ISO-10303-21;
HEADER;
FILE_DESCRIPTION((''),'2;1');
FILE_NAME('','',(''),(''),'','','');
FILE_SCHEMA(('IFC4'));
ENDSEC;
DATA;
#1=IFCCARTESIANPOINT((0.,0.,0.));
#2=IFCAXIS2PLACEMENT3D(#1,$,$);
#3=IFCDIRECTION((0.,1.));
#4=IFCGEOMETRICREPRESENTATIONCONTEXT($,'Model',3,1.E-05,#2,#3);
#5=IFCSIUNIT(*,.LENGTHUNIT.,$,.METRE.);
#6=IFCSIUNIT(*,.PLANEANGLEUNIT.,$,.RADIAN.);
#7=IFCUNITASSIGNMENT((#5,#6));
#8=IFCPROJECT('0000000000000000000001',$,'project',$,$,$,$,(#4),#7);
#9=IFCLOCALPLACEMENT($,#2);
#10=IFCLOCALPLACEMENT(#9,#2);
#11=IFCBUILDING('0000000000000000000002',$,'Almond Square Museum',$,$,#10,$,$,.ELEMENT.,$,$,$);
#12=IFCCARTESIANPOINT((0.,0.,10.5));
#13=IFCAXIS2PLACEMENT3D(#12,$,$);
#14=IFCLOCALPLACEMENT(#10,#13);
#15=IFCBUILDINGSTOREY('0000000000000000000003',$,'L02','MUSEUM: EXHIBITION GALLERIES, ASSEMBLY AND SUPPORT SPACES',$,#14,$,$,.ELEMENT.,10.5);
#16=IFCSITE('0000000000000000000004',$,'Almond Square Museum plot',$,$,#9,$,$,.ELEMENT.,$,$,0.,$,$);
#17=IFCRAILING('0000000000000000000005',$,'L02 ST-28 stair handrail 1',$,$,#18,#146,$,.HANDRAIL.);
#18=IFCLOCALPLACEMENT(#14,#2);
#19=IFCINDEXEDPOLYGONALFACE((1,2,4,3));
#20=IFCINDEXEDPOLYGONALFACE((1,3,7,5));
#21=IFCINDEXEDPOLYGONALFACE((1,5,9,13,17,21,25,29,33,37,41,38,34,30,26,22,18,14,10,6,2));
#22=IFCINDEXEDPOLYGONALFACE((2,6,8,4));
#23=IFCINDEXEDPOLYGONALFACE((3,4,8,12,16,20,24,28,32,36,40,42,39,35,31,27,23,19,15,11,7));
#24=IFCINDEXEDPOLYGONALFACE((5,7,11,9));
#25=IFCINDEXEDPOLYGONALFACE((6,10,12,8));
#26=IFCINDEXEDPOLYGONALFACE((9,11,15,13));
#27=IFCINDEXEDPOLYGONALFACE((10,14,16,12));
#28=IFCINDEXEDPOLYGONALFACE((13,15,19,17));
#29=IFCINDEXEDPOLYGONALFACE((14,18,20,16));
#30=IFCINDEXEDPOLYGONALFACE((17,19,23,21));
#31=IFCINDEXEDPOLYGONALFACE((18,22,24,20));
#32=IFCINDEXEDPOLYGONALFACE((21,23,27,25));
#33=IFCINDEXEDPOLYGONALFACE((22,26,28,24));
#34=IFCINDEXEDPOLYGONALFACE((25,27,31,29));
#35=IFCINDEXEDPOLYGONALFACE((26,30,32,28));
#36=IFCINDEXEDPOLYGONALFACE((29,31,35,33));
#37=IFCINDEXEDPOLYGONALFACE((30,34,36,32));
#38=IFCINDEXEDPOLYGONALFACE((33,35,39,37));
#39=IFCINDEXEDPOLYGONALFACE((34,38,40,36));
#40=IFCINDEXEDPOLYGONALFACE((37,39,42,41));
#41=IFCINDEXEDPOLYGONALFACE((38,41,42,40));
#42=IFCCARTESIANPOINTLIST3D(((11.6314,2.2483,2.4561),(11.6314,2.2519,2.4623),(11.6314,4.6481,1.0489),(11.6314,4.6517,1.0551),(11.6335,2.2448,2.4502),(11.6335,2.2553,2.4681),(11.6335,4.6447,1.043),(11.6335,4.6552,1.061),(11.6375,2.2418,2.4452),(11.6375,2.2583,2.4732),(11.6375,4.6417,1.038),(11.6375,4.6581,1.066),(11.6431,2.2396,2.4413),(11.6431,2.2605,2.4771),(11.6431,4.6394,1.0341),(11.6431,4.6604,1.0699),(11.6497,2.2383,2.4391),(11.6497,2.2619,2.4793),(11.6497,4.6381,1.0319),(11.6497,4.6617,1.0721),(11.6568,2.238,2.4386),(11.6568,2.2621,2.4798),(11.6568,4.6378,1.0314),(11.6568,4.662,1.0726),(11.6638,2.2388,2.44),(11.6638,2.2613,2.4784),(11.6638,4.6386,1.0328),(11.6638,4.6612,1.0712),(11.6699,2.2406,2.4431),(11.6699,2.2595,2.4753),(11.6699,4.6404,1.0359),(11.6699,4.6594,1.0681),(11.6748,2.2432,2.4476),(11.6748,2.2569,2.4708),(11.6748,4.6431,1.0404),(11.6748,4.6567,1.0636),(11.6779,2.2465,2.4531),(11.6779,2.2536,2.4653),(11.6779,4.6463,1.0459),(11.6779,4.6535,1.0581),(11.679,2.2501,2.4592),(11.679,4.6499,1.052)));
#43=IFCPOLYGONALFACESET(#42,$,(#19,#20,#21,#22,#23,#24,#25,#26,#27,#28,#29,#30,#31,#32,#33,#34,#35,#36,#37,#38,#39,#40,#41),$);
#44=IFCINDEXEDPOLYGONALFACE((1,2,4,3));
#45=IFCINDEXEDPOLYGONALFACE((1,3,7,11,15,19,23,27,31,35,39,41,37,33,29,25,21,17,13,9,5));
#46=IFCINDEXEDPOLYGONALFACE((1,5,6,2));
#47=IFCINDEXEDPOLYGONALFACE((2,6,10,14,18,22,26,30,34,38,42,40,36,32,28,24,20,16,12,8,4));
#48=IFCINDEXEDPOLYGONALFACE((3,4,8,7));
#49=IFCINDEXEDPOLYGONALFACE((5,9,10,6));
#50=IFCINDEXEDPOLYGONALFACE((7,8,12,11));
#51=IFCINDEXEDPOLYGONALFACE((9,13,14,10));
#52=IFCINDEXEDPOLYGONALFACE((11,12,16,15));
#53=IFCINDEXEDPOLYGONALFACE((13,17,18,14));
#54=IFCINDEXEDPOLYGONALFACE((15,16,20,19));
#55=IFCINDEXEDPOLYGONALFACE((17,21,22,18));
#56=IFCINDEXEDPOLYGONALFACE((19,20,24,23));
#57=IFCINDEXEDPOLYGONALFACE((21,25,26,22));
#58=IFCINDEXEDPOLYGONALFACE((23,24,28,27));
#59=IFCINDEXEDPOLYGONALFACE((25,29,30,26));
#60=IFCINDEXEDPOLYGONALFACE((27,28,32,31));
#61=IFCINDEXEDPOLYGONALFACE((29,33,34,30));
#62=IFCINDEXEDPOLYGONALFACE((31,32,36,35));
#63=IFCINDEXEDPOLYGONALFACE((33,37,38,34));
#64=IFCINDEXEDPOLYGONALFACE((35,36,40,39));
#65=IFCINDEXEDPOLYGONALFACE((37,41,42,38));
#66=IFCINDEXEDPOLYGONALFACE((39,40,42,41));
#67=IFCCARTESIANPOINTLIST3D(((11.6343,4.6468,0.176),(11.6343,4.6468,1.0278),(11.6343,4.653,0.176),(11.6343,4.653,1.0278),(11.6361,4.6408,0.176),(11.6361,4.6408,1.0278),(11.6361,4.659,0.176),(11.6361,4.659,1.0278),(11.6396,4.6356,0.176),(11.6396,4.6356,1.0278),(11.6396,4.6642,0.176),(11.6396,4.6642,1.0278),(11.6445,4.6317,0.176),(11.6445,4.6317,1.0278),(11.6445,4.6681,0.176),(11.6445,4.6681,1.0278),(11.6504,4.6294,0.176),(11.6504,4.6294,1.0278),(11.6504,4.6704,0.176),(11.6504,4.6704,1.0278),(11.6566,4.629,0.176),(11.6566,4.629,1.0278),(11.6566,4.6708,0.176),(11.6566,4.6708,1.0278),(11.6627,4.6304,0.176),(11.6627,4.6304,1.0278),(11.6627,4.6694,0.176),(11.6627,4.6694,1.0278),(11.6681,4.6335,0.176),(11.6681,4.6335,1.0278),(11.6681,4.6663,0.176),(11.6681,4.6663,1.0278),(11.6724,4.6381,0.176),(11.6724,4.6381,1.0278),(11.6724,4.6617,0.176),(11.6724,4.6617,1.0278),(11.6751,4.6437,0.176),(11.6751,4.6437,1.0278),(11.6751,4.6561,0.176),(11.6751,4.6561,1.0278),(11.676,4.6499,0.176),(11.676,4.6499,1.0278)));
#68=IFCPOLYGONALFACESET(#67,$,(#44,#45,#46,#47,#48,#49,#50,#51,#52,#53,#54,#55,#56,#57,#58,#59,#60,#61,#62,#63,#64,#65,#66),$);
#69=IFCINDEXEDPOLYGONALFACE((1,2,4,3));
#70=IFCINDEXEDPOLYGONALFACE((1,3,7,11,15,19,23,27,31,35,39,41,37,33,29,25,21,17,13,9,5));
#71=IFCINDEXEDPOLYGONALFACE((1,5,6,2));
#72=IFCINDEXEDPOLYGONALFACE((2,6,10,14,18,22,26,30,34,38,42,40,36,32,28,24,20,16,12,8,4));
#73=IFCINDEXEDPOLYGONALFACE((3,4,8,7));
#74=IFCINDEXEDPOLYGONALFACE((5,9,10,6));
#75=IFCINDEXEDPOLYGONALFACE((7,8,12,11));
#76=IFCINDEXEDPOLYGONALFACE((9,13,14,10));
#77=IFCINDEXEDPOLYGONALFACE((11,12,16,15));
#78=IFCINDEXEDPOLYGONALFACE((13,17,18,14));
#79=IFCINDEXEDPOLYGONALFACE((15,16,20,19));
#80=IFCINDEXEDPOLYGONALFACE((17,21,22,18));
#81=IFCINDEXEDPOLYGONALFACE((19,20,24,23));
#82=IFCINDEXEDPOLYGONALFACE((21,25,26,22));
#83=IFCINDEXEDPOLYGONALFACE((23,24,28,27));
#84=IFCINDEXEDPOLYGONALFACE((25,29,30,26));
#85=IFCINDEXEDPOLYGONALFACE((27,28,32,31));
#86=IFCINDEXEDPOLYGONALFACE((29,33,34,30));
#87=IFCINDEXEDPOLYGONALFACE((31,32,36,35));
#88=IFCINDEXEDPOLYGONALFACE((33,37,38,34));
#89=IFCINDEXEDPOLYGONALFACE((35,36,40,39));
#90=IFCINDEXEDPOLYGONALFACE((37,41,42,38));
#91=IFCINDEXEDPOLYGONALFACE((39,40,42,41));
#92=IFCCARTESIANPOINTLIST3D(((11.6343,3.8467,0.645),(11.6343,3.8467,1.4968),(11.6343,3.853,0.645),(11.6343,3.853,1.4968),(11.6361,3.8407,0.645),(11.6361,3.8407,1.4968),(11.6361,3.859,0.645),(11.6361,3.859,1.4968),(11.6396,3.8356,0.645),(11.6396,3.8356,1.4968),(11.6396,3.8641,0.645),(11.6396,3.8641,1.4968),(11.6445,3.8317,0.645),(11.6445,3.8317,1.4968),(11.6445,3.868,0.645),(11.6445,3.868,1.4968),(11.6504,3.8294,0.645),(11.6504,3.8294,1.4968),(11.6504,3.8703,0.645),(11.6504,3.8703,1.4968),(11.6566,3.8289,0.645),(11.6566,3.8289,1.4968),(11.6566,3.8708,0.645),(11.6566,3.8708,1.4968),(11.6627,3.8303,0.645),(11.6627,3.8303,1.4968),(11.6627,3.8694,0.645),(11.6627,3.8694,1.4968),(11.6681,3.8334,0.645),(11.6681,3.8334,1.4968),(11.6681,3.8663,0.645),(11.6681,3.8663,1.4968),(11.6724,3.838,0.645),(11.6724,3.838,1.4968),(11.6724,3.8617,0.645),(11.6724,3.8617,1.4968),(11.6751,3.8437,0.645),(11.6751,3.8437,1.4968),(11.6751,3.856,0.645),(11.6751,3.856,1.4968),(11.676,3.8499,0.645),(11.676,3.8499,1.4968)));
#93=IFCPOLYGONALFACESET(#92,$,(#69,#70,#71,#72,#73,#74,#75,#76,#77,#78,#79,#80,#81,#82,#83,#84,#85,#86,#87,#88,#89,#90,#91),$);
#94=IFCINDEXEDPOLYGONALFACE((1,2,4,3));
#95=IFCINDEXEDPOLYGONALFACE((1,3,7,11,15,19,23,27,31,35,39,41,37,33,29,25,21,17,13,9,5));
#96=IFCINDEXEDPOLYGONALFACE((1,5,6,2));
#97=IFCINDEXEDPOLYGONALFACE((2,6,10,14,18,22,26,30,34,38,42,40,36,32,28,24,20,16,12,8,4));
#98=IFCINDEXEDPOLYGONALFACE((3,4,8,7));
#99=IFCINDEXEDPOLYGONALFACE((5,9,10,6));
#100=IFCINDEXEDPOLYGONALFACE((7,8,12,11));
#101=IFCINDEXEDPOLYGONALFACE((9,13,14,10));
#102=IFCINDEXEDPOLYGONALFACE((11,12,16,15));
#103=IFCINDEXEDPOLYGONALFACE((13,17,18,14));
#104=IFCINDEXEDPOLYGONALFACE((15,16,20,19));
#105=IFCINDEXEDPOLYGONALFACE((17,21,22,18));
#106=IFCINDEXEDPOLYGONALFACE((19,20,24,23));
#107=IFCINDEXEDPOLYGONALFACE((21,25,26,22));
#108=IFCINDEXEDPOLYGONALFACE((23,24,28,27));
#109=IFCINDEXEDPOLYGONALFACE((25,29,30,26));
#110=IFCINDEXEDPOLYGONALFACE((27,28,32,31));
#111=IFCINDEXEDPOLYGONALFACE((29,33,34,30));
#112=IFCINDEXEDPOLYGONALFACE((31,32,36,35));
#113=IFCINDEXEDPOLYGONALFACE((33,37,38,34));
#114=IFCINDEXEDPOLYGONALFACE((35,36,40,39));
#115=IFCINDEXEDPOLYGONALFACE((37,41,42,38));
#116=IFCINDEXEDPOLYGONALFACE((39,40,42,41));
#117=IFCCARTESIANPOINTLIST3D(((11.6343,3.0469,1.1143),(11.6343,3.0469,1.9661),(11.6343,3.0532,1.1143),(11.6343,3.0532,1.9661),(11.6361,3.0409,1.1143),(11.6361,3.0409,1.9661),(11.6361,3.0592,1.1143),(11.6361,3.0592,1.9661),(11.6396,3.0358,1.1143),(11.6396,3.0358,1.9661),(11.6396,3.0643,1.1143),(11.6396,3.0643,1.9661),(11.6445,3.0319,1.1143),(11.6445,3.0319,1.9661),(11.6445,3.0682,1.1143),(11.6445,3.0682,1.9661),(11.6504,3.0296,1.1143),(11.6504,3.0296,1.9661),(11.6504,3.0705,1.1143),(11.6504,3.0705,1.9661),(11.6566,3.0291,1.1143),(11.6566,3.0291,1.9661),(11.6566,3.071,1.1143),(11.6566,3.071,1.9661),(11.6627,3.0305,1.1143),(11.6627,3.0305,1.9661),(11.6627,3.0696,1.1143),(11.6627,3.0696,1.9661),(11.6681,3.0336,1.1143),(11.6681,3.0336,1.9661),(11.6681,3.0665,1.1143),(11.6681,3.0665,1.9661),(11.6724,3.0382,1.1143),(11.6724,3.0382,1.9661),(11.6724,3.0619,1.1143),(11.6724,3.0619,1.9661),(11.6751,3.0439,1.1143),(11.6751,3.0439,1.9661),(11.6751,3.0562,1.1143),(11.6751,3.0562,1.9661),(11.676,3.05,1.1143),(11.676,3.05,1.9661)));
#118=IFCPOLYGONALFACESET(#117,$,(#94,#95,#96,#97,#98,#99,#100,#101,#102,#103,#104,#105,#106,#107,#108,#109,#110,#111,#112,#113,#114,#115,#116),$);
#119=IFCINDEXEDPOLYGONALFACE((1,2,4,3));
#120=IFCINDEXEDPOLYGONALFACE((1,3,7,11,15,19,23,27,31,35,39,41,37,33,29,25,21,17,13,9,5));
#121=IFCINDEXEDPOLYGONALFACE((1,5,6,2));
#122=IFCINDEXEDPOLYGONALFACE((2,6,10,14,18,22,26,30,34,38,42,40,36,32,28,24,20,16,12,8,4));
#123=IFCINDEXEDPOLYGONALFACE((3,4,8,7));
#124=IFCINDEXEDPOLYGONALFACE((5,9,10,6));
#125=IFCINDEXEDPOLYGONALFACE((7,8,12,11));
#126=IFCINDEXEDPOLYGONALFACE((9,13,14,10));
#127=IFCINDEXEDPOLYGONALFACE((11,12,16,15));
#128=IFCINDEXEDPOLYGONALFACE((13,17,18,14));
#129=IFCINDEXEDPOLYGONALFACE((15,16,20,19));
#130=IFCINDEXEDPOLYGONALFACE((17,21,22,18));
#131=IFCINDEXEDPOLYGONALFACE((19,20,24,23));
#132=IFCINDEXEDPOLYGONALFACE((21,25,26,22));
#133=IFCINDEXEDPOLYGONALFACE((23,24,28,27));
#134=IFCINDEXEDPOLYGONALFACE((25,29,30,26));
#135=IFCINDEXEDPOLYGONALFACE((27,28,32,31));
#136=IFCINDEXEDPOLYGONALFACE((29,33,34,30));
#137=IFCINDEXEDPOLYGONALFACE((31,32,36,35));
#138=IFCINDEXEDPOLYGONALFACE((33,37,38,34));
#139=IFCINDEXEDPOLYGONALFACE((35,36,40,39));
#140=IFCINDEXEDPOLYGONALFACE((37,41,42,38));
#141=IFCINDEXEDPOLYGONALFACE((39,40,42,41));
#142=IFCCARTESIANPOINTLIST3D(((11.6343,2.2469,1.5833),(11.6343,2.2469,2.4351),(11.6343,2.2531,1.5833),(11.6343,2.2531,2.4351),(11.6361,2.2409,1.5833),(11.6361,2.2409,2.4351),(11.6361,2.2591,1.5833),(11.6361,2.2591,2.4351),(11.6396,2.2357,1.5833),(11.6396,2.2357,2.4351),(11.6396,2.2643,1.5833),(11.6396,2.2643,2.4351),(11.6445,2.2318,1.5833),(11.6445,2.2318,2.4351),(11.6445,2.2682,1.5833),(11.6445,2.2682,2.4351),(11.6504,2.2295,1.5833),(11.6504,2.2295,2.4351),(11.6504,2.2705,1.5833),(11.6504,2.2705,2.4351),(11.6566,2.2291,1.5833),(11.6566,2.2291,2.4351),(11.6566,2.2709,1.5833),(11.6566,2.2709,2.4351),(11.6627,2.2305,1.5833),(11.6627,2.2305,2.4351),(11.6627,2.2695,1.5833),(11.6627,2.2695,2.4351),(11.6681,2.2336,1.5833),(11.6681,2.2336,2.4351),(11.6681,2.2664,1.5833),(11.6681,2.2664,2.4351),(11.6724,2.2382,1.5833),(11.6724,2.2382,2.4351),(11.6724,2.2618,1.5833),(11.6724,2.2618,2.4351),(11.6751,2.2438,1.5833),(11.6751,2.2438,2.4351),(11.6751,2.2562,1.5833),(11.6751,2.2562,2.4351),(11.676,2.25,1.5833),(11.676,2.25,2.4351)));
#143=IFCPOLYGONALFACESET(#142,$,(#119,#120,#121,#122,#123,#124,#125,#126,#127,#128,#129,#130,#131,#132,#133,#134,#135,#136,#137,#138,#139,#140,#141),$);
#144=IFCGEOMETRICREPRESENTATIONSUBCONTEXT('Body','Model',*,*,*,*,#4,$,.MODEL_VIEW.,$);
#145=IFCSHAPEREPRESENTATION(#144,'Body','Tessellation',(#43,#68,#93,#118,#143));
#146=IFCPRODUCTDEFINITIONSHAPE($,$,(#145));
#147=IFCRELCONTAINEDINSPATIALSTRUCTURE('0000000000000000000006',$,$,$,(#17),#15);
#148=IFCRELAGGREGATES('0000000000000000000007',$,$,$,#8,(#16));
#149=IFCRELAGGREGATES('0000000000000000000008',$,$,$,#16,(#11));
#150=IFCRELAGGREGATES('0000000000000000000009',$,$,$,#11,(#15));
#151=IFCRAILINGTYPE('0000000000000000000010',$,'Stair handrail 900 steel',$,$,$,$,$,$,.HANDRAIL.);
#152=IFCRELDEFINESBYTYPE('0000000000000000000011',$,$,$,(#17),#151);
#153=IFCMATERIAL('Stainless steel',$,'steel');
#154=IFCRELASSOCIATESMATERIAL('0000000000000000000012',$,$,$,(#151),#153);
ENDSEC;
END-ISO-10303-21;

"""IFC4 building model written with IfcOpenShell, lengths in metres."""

from ifc_helpers import new_model, si_unit, direction, frame, origin, origin_2d, place, context, subcontext, project, spatial, circle, extrude, material, type_object, element, save


model = new_model("IFC4")

# Units and contexts
model_context = context("Model", 3, precision=1e-05, world=origin(), true_north=direction((0.0, 1.0)))
body_context = subcontext(model_context, "Body", "Model", "MODEL_VIEW")
ifc_project = project(units=[si_unit("LENGTHUNIT", "METRE"), si_unit("PLANEANGLEUNIT", "RADIAN")], contexts=[model_context])

# Site, building, storey
site_placement = place(None, origin())
site = spatial("IfcSite", under=ifc_project, at=site_placement, Name="Almond Square Museum plot", CompositionType="ELEMENT", RefElevation=0.0)
building_placement = place(site_placement, origin())
building = spatial("IfcBuilding", under=site, at=building_placement, Name="Almond Square Museum", CompositionType="ELEMENT")
storey_placement = place(building_placement, frame((0.0, 0.0, 10.5)))
storey = spatial("IfcBuildingStorey", under=building, at=storey_placement, Name="L02", Description="MUSEUM: EXHIBITION GALLERIES, ASSEMBLY AND SUPPORT SPACES", CompositionType="ELEMENT", Elevation=10.5)

# Railing
ifc_material_1 = material(Name="Stainless steel", Category="steel")
railing_type_1 = type_object("IfcRailingType", Name="Stair handrail 900 steel", PredefinedType="HANDRAIL", material=ifc_material_1)
railing_1_placement = place(storey_placement, frame((11.655, 4.6499, 0.176)))
element("IfcRailing", 1, at=railing_1_placement, inside=storey, type_object=railing_type_1, Name="L02 ST-28 stair handrail 1", PredefinedType="HANDRAIL", context=body_context, shape_type="SweptSolid", body=[
    extrude(circle(Radius=0.0239, at=origin_2d()), frame((0.0, 0.0, 0.876), z_axis=(0.0, -0.862637, 0.505823), x_axis=(1.0, 0.0, 0.0)), (0.0, 0.0, 1.0), 2.782),
    extrude(circle(Radius=0.021, at=origin_2d()), origin(), (0.0, 0.0, 1.0), 0.8518),
    extrude(circle(Radius=0.021, at=origin_2d()), frame((0.0, -0.8, 0.469)), (0.0, 0.0, 1.0), 0.8518),
    extrude(circle(Radius=0.021, at=origin_2d()), frame((0.0, -1.5999, 0.9382)), (0.0, 0.0, 1.0), 0.8518),
    extrude(circle(Radius=0.021, at=origin_2d()), frame((0.0, -2.3999, 1.4072)), (0.0, 0.0, 1.0), 0.8518),
])

save(model, "model.ifc")
